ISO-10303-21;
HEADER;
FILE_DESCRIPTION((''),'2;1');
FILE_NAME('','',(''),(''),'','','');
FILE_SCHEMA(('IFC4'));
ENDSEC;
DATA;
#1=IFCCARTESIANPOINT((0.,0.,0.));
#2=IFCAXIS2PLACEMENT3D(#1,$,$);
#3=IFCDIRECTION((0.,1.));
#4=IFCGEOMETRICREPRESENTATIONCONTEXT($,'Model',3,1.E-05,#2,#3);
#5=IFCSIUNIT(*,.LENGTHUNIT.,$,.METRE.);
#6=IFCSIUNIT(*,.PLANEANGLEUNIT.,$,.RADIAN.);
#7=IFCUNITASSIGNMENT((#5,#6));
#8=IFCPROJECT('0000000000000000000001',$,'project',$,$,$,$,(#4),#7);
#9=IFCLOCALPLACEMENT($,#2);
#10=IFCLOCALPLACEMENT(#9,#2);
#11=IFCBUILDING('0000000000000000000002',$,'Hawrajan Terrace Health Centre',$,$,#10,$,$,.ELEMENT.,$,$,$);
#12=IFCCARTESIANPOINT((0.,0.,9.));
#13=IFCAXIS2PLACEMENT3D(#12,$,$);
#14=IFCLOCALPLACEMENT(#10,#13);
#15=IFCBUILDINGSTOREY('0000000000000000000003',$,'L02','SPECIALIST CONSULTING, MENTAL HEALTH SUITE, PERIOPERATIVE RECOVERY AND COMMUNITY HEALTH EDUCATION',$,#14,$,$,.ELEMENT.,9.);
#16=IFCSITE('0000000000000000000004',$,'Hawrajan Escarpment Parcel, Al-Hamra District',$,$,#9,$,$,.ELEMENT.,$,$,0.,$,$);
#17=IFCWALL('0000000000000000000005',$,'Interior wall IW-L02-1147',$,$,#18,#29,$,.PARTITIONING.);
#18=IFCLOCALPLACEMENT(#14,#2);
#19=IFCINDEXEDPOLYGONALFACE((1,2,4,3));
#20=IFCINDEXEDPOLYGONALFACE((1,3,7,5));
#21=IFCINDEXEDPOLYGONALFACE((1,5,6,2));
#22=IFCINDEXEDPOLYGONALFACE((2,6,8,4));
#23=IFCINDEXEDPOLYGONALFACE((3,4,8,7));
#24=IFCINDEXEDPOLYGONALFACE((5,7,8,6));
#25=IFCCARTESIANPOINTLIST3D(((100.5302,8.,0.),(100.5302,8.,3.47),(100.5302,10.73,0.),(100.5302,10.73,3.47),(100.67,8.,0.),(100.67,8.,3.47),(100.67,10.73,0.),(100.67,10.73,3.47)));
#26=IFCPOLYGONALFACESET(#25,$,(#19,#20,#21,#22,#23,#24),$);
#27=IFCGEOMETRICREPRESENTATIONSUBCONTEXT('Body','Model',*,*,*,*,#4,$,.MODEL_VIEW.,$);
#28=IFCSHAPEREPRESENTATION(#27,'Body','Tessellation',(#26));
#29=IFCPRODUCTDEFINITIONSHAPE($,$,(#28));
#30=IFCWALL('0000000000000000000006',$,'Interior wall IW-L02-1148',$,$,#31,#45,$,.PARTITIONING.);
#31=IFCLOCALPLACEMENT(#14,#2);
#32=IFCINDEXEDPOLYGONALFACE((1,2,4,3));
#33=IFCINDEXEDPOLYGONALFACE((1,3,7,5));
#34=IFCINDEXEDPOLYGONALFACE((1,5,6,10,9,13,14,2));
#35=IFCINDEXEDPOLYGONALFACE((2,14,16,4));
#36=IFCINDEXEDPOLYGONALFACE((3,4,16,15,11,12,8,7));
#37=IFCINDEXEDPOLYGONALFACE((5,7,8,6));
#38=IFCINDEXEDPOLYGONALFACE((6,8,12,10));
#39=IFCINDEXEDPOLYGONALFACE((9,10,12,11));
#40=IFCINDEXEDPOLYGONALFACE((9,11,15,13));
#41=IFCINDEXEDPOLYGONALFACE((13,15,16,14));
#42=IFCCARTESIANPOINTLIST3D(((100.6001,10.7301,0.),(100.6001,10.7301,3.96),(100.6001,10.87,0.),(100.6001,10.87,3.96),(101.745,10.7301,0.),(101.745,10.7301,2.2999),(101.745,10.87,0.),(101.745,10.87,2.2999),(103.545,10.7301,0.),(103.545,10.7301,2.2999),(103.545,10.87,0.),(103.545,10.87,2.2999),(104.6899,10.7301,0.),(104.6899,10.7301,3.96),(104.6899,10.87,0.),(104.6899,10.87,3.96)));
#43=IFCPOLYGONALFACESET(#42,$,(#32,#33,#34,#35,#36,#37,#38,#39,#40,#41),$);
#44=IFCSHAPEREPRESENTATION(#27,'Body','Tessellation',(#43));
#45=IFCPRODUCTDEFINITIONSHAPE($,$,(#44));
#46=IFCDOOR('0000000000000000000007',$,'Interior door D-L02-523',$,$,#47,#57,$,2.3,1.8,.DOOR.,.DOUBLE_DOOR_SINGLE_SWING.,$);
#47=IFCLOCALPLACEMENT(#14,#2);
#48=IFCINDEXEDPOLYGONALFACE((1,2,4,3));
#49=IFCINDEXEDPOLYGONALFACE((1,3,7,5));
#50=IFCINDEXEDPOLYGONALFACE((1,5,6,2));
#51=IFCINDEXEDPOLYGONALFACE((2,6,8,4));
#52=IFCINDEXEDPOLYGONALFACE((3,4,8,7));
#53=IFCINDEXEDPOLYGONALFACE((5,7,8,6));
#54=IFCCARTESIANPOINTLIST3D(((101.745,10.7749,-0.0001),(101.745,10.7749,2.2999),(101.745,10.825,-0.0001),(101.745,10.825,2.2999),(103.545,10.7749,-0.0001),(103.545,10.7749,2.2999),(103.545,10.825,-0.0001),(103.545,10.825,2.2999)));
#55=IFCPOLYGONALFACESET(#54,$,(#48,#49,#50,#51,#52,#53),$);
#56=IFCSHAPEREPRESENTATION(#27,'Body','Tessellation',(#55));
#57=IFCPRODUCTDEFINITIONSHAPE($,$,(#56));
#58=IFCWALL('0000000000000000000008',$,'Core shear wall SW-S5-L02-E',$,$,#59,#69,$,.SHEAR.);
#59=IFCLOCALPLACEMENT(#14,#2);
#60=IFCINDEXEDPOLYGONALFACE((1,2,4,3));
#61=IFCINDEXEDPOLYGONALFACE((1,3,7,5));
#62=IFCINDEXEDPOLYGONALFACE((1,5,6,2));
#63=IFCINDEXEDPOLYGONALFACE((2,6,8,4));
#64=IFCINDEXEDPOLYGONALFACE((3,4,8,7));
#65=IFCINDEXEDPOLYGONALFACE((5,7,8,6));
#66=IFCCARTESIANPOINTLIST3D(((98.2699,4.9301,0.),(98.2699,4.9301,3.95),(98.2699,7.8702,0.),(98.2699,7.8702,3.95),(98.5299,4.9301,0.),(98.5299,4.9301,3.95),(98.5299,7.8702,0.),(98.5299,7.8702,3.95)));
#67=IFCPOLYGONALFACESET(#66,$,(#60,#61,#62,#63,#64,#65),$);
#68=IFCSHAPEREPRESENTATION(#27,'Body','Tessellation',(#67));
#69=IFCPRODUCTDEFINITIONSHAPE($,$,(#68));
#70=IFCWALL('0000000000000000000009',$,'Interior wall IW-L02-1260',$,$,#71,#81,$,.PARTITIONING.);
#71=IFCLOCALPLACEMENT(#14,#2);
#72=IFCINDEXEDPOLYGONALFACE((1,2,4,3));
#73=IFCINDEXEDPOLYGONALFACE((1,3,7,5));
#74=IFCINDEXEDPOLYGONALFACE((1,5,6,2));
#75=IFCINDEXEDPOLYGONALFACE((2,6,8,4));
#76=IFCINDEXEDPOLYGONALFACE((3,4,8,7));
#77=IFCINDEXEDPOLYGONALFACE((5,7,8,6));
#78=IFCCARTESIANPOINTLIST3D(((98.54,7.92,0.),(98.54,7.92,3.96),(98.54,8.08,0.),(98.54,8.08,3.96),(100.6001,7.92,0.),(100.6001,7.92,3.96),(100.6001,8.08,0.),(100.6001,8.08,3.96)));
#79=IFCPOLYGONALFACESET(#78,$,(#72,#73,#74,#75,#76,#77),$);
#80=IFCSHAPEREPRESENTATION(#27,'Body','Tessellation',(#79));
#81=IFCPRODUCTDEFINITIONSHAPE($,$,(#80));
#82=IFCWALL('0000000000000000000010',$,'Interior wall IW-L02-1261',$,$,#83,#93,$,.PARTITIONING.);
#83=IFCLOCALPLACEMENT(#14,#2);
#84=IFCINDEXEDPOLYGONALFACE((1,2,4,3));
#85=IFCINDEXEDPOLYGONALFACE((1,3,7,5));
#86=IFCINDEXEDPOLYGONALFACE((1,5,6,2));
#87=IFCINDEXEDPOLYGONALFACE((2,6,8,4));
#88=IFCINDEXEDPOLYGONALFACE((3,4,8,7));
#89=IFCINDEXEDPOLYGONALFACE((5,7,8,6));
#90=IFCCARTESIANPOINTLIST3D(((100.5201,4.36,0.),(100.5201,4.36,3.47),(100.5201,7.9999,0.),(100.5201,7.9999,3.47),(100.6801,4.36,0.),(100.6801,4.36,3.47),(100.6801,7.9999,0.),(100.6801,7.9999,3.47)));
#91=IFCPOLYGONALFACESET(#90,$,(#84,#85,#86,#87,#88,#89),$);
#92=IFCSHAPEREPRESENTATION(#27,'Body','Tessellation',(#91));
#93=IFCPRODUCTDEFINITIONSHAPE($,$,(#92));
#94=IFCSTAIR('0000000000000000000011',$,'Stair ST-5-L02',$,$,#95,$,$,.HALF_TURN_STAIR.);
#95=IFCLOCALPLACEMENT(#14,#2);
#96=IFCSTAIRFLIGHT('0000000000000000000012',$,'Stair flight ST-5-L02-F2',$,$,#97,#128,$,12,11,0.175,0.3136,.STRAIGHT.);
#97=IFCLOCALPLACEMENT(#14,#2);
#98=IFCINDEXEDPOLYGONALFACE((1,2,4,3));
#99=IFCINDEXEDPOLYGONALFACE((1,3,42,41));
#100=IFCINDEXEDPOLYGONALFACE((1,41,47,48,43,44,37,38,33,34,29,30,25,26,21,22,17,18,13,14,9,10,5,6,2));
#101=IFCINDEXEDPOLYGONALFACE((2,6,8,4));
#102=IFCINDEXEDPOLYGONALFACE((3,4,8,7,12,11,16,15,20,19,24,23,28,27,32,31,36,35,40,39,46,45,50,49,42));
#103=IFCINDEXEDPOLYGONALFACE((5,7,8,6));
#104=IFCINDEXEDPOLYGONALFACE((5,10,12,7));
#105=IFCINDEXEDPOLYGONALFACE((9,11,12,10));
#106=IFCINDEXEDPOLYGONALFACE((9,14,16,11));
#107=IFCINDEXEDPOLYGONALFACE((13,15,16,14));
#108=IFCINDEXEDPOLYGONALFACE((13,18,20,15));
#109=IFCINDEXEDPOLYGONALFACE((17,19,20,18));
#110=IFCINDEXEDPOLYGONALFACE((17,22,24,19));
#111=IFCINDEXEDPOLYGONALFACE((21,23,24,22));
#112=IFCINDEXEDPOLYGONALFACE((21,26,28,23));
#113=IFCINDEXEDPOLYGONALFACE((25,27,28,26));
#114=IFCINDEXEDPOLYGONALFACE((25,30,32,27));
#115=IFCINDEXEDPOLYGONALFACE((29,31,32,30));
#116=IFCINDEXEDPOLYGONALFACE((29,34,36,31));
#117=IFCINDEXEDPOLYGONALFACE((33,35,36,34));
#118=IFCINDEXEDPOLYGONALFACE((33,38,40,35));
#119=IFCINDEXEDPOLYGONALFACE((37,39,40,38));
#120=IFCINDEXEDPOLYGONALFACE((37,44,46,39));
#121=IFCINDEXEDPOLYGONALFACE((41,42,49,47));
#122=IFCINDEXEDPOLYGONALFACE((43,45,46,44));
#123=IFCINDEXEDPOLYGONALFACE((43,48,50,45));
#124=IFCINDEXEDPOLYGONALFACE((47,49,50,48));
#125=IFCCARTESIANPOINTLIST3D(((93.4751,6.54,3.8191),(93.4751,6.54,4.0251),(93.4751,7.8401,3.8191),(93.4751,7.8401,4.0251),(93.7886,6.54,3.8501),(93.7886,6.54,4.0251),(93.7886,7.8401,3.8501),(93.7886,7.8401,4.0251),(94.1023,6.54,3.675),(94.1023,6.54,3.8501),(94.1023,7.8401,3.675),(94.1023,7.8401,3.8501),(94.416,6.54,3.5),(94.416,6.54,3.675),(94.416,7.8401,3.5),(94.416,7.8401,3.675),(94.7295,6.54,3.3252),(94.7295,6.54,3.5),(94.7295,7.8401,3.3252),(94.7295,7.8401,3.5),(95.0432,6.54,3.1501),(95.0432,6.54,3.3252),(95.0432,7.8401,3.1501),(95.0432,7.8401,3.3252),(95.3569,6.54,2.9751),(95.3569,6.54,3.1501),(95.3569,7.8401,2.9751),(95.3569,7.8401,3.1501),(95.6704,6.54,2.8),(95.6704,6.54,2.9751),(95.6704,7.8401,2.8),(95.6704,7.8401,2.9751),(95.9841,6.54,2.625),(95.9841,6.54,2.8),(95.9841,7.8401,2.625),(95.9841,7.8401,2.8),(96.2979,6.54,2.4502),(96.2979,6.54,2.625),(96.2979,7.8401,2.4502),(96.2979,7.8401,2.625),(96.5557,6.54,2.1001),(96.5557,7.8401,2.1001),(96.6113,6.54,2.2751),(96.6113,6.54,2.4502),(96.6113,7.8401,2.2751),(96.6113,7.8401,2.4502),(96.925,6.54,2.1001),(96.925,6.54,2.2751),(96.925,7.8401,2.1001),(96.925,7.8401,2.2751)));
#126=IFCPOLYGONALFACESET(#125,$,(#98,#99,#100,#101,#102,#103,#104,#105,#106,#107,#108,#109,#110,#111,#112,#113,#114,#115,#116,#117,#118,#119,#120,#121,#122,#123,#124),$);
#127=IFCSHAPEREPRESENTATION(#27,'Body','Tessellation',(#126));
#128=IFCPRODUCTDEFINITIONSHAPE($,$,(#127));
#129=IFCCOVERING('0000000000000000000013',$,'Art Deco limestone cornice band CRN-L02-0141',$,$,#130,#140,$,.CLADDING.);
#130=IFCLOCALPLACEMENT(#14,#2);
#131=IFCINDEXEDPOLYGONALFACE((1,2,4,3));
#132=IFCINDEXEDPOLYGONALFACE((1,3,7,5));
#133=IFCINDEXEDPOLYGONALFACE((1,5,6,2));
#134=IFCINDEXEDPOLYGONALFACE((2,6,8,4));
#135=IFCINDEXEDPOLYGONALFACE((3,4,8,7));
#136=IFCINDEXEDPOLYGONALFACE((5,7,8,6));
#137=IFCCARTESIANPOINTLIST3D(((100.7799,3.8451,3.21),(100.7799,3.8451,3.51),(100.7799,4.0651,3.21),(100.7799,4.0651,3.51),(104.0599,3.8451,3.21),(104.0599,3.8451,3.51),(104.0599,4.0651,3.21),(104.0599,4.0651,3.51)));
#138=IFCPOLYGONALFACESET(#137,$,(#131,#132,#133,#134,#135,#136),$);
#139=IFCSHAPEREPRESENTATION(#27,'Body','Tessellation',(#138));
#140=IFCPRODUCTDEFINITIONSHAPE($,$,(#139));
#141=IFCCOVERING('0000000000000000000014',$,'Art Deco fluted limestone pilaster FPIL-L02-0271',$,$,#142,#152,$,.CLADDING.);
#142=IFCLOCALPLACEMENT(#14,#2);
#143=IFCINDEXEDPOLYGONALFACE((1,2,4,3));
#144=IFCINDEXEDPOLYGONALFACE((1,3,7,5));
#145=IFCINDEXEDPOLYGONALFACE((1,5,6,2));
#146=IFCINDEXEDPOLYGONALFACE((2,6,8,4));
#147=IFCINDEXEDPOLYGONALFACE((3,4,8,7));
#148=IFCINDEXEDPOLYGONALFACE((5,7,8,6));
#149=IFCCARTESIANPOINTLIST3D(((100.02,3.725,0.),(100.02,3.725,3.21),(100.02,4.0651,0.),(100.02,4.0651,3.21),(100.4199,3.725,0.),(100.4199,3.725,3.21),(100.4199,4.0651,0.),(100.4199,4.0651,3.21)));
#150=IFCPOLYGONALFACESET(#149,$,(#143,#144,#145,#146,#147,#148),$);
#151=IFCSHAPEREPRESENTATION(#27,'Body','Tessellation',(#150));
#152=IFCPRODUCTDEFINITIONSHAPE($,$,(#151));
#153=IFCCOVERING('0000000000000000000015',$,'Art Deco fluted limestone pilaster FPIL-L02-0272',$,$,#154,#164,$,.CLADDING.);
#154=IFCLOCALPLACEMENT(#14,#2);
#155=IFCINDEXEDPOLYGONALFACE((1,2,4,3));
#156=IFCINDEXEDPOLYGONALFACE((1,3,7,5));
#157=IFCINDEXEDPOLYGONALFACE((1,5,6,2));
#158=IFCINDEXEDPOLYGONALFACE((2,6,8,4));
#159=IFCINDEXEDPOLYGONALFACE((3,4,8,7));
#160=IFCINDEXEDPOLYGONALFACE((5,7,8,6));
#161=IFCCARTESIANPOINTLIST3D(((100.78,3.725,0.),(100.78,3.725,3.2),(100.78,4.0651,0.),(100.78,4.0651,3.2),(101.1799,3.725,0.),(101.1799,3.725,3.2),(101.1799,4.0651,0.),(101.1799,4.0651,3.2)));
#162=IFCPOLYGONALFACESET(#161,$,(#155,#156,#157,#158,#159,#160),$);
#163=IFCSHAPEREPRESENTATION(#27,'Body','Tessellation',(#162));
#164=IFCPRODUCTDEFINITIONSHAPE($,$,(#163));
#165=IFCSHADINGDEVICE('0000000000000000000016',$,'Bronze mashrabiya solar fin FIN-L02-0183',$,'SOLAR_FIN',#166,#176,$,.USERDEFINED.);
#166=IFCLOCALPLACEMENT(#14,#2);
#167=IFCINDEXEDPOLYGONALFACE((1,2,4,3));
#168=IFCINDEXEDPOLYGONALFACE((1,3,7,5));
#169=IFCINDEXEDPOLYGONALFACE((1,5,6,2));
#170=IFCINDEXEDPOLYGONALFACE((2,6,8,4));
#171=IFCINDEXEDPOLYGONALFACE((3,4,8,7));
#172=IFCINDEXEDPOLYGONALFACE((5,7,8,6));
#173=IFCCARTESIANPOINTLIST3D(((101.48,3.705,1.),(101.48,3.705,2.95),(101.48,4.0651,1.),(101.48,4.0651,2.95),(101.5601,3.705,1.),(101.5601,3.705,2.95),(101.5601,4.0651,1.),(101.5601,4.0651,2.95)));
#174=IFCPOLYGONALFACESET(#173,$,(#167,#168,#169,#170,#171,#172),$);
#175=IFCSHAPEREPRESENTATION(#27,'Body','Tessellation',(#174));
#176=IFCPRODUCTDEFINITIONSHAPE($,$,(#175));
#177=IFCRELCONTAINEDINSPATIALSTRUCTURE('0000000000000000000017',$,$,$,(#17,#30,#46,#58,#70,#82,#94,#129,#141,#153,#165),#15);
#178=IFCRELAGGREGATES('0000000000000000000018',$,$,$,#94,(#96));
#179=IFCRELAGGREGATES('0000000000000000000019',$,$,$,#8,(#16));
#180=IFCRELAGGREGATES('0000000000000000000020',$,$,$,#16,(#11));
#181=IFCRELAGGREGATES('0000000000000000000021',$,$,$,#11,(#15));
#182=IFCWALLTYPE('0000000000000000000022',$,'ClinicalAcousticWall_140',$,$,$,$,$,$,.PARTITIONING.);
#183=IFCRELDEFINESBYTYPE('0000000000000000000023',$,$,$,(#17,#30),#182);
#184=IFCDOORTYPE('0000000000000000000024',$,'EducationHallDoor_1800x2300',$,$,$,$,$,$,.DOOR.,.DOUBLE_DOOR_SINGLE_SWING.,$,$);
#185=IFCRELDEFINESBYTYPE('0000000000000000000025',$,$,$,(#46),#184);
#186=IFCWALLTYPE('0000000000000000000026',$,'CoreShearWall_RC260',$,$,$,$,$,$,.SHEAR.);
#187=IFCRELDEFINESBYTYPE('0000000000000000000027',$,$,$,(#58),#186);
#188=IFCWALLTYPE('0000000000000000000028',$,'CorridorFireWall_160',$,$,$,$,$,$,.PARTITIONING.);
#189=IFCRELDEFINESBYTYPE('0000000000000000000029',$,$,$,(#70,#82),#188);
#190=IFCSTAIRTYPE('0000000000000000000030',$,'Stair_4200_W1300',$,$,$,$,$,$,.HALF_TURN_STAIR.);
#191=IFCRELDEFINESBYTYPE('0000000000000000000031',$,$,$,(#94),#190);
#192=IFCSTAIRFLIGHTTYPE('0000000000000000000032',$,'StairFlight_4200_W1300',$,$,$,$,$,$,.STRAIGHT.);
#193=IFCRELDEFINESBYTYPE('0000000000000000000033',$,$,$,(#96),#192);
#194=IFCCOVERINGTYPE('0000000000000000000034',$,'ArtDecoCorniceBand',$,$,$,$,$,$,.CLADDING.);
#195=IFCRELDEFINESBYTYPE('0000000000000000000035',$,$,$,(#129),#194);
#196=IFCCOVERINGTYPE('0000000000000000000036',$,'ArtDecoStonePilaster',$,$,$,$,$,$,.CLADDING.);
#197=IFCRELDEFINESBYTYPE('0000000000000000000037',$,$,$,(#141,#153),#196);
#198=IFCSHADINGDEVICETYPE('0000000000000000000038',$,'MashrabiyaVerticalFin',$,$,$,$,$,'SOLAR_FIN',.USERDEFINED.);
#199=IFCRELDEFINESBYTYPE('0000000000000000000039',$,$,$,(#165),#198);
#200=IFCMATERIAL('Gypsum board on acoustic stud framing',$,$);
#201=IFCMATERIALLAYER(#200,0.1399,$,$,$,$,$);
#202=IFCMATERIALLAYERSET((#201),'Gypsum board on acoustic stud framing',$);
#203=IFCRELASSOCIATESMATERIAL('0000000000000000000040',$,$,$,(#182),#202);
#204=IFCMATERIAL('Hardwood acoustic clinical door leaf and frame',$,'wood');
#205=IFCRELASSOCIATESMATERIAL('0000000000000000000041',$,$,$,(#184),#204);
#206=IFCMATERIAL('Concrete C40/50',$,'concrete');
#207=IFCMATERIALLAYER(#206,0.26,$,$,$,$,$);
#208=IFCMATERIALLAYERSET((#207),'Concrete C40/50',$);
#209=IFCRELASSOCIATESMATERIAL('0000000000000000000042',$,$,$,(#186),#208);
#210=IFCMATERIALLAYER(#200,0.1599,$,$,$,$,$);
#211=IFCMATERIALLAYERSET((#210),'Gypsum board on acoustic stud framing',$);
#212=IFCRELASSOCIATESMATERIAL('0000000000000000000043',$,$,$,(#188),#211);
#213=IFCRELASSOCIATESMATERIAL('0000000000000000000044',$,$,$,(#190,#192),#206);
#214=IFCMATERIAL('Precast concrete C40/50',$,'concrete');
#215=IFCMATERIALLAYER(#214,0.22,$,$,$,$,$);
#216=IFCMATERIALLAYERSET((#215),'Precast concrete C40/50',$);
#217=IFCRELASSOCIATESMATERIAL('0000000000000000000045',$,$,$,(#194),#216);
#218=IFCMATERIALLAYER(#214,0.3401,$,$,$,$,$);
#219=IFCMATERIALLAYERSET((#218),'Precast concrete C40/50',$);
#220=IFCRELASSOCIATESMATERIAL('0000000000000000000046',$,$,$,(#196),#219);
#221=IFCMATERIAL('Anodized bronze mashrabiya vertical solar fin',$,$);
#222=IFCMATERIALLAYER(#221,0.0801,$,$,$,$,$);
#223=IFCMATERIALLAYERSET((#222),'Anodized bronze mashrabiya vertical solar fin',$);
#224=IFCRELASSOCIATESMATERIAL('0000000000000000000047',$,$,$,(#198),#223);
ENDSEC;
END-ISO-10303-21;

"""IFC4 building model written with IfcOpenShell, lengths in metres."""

from ifc_helpers import new_model, si_unit, direction, frame, frame_2d, origin, origin_2d, place, context, subcontext, project, spatial, polyline, rectangle, outline, extrude, material, layer, layer_set, type_object, element, fill, aggregate, save


model = new_model("IFC4")

# Units and contexts
model_context = context("Model", 3, precision=1e-05, world=origin(), true_north=direction((0.0, 1.0)))
body_context = subcontext(model_context, "Body", "Model", "MODEL_VIEW")
ifc_project = project(units=[si_unit("LENGTHUNIT", "METRE"), si_unit("PLANEANGLEUNIT", "RADIAN")], contexts=[model_context])

# Site, building, storey
site_placement = place(None, origin())
site = spatial("IfcSite", under=ifc_project, at=site_placement, Name="Hawrajan Escarpment Parcel, Al-Hamra District", CompositionType="ELEMENT", RefElevation=0.0)
building_placement = place(site_placement, origin())
building = spatial("IfcBuilding", under=site, at=building_placement, Name="Hawrajan Terrace Health Centre", CompositionType="ELEMENT")
storey_placement = place(building_placement, frame((0.0, 0.0, 9.0)))
storey = spatial("IfcBuildingStorey", under=building, at=storey_placement, Name="L02", Description="SPECIALIST CONSULTING, MENTAL HEALTH SUITE, PERIOPERATIVE RECOVERY AND COMMUNITY HEALTH EDUCATION", CompositionType="ELEMENT", Elevation=9.0)

# Shared definitions
ifc_material_1 = material(Name="Precast concrete C40/50", Category="concrete")

# Wall
ifc_material_2 = material(Name="Gypsum board on acoustic stud framing")
ifc_layer_1 = layer(ifc_material_2, 0.1399)
ifc_layer_set_1 = layer_set([ifc_layer_1], Name="Gypsum board on acoustic stud framing")
wall_type_1 = type_object("IfcWallType", Name="ClinicalAcousticWall_140", PredefinedType="PARTITIONING", material=ifc_layer_set_1)
wall_1_placement = place(storey_placement, frame((100.6001, 8.0, 0.0), z_axis=(0.0, 0.0, 1.0), x_axis=(0.0, 1.0, 0.0)))
element("IfcWall", 1, at=wall_1_placement, inside=storey, type_object=wall_type_1, Name="Interior wall IW-L02-1147", PredefinedType="PARTITIONING", context=body_context, shape_type="SweptSolid", body=[
    extrude(rectangle(XDim=2.73, YDim=0.1399, at=frame_2d((1.365, 0.0))), origin(), (0.0, 0.0, 1.0), 3.47),
])

# Wall, opening, door
wall_2_placement = place(storey_placement, frame((100.6001, 10.8, 0.0), z_axis=(0.0, 0.0, 1.0), x_axis=(1.0, 0.0, 0.0)))
wall_2 = element("IfcWall", 2, at=wall_2_placement, inside=storey, type_object=wall_type_1, Name="Interior wall IW-L02-1148", PredefinedType="PARTITIONING", context=body_context, shape_type="SweptSolid", body=[
    extrude(rectangle(XDim=4.0898, YDim=0.1399, at=frame_2d((2.0449, 0.0))), origin(), (0.0, 0.0, 1.0), 3.96),
])
opening_1_placement = place(wall_2_placement, frame((1.145, 0.0, 0.0)))
opening_1 = element("IfcOpeningElement", 3, at=opening_1_placement, cuts=wall_2, PredefinedType="OPENING", context=body_context, shape_type="SweptSolid", body=[
    extrude(rectangle(XDim=1.8, YDim=2.3, at=frame_2d((0.8999, 1.1499))), frame((0.0, 0.0798, 0.0), z_axis=(0.0, -1.0, 0.0), x_axis=(1.0, 0.0, 0.0)), (0.0, 0.0, 1.0), 0.1599),
])
ifc_material_3 = material(Name="Hardwood acoustic clinical door leaf and frame", Category="wood")
door_type = type_object("IfcDoorType", Name="EducationHallDoor_1800x2300", OperationType="DOUBLE_DOOR_SINGLE_SWING", PredefinedType="DOOR", material=ifc_material_3)
door_placement = place(opening_1_placement, origin())
door = element("IfcDoor", 4, at=door_placement, inside=storey, type_object=door_type, Name="Interior door D-L02-523", OperationType="DOUBLE_DOOR_SINGLE_SWING", OverallHeight=2.3, OverallWidth=1.8, PredefinedType="DOOR", context=body_context, shape_type="SweptSolid", body=[
    extrude(rectangle(XDim=1.8, YDim=2.3, at=frame_2d((0.8999, 1.1499))), frame((0.0, 0.0249, 0.0), z_axis=(0.0, -1.0, 0.0), x_axis=(1.0, 0.0, 0.0)), (0.0, 0.0, 1.0), 0.05),
])
fill(opening_1, door)

# Walls
ifc_material_4 = material(Name="Concrete C40/50", Category="concrete")
ifc_layer_2 = layer(ifc_material_4, 0.26)
ifc_layer_set_2 = layer_set([ifc_layer_2], Name="Concrete C40/50")
wall_type_2 = type_object("IfcWallType", Name="CoreShearWall_RC260", PredefinedType="SHEAR", material=ifc_layer_set_2)
wall_3_placement = place(storey_placement, frame((98.3999, 4.9299, 0.0), z_axis=(0.0, 0.0, 1.0), x_axis=(0.0, 1.0, 0.0)))
element("IfcWall", 5, at=wall_3_placement, inside=storey, type_object=wall_type_2, Name="Core shear wall SW-S5-L02-E", PredefinedType="SHEAR", context=body_context, shape_type="SweptSolid", body=[
    extrude(rectangle(XDim=2.9402, YDim=0.26, at=frame_2d((1.4702, 0.0))), origin(), (0.0, 0.0, 1.0), 3.95),
])
ifc_layer_3 = layer(ifc_material_2, 0.1599)
ifc_layer_set_3 = layer_set([ifc_layer_3], Name="Gypsum board on acoustic stud framing")
wall_type_3 = type_object("IfcWallType", Name="CorridorFireWall_160", PredefinedType="PARTITIONING", material=ifc_layer_set_3)
wall_4_placement = place(storey_placement, frame((98.54, 8.0, 0.0), z_axis=(0.0, 0.0, 1.0), x_axis=(1.0, 0.0, 0.0)))
element("IfcWall", 6, at=wall_4_placement, inside=storey, type_object=wall_type_3, Name="Interior wall IW-L02-1260", PredefinedType="PARTITIONING", context=body_context, shape_type="SweptSolid", body=[
    extrude(rectangle(XDim=2.0601, YDim=0.1599, at=frame_2d((1.03, 0.0))), origin(), (0.0, 0.0, 1.0), 3.96),
])
wall_5_placement = place(storey_placement, frame((100.6001, 4.3601, 0.0), z_axis=(0.0, 0.0, 1.0), x_axis=(0.0, 1.0, 0.0)))
element("IfcWall", 7, at=wall_5_placement, inside=storey, type_object=wall_type_3, Name="Interior wall IW-L02-1261", PredefinedType="PARTITIONING", context=body_context, shape_type="SweptSolid", body=[
    extrude(rectangle(XDim=3.6399, YDim=0.1599, at=frame_2d((1.8198, 0.0))), origin(), (0.0, 0.0, 1.0), 3.47),
])

# Stair, stair flight
stair_type = type_object("IfcStairType", Name="Stair_4200_W1300", PredefinedType="HALF_TURN_STAIR", material=ifc_material_4)
stair_placement = place(storey_placement, origin())
stair = element("IfcStair", 8, at=stair_placement, inside=storey, type_object=stair_type, Name="Stair ST-5-L02", PredefinedType="HALF_TURN_STAIR")
stair_flight_type = type_object("IfcStairFlightType", Name="StairFlight_4200_W1300", PredefinedType="STRAIGHT", material=ifc_material_4)
stair_flight_placement = place(storey_placement, frame((96.925, 7.1899, 2.1001), z_axis=(0.0, 0.0, 1.0), x_axis=(-1.0, 0.0, 0.0)))
stair_flight = element("IfcStairFlight", 9, at=stair_flight_placement, type_object=stair_flight_type, Name="Stair flight ST-5-L02-F2", NumberOfRisers=12, NumberOfTreads=11, PredefinedType="STRAIGHT", RiserHeight=0.175, TreadLength=0.3136, context=body_context, shape_type="SweptSolid", body=[
    extrude(outline(polyline([(0.0, 0.0), (0.0, 0.175), (0.3137, 0.175), (0.3137, 0.3501), (0.6272, 0.3501), (0.6272, 0.5249), (0.9409, 0.5249), (0.9409, 0.7), (1.2546, 0.7), (1.2546, 0.875), (1.5681, 0.875), (1.5681, 1.05), (1.8818, 1.05), (1.8818, 1.2251), (2.1956, 1.2251), (2.1956, 1.3999), (2.509, 1.3999), (2.509, 1.575), (2.8228, 1.575), (2.8228, 1.75), (3.1365, 1.75), (3.1365, 1.925), (3.45, 1.925), (3.45, 2.1001), (3.45, 1.719), (0.3694, 0.0), (0.0, 0.0)])), frame((0.0, 0.6499, 0.0), z_axis=(0.0, -1.0, 0.0), x_axis=(1.0, 0.0, 0.0)), (0.0, 0.0, 1.0), 1.3),
])
aggregate(stair, [stair_flight])

# Coverings
ifc_layer_4 = layer(ifc_material_1, 0.22)
ifc_layer_set_4 = layer_set([ifc_layer_4], Name="Precast concrete C40/50")
covering_type_1 = type_object("IfcCoveringType", Name="ArtDecoCorniceBand", PredefinedType="CLADDING", material=ifc_layer_set_4)
covering_1_placement = place(storey_placement, frame((102.4199, 3.9551, 3.21), z_axis=(0.0, 0.0, 1.0), x_axis=(1.0, 0.0, 0.0)))
element("IfcCovering", 10, at=covering_1_placement, inside=storey, type_object=covering_type_1, Name="Art Deco limestone cornice band CRN-L02-0141", PredefinedType="CLADDING", context=body_context, shape_type="SweptSolid", body=[
    extrude(rectangle(XDim=3.28, YDim=0.22, at=origin_2d()), origin(), (0.0, 0.0, 1.0), 0.3),
])
ifc_layer_5 = layer(ifc_material_1, 0.3401)
ifc_layer_set_5 = layer_set([ifc_layer_5], Name="Precast concrete C40/50")
covering_type_2 = type_object("IfcCoveringType", Name="ArtDecoStonePilaster", PredefinedType="CLADDING", material=ifc_layer_set_5)
covering_2_placement = place(storey_placement, frame((100.22, 3.895, 0.0), z_axis=(0.0, 0.0, 1.0), x_axis=(1.0, 0.0, 0.0)))
element("IfcCovering", 11, at=covering_2_placement, inside=storey, type_object=covering_type_2, Name="Art Deco fluted limestone pilaster FPIL-L02-0271", PredefinedType="CLADDING", context=body_context, shape_type="SweptSolid", body=[
    extrude(rectangle(XDim=0.3999, YDim=0.3401, at=origin_2d()), origin(), (0.0, 0.0, 1.0), 3.21),
])
covering_3_placement = place(storey_placement, frame((100.98, 3.895, 0.0), z_axis=(0.0, 0.0, 1.0), x_axis=(1.0, 0.0, 0.0)))
element("IfcCovering", 12, at=covering_3_placement, inside=storey, type_object=covering_type_2, Name="Art Deco fluted limestone pilaster FPIL-L02-0272", PredefinedType="CLADDING", context=body_context, shape_type="SweptSolid", body=[
    extrude(rectangle(XDim=0.3999, YDim=0.3401, at=origin_2d()), origin(), (0.0, 0.0, 1.0), 3.2),
])

# Shading device
ifc_material_5 = material(Name="Anodized bronze mashrabiya vertical solar fin")
ifc_layer_6 = layer(ifc_material_5, 0.0801)
ifc_layer_set_6 = layer_set([ifc_layer_6], Name="Anodized bronze mashrabiya vertical solar fin")
shading_device_type = type_object("IfcShadingDeviceType", Name="MashrabiyaVerticalFin", ElementType="SOLAR_FIN", PredefinedType="USERDEFINED", material=ifc_layer_set_6)
shading_device_placement = place(storey_placement, frame((101.52, 3.885, 1.0), z_axis=(0.0, 0.0, 1.0), x_axis=(1.0, 0.0, 0.0)))
element("IfcShadingDevice", 13, at=shading_device_placement, inside=storey, type_object=shading_device_type, Name="Bronze mashrabiya solar fin FIN-L02-0183", ObjectType="SOLAR_FIN", PredefinedType="USERDEFINED", context=body_context, shape_type="SweptSolid", body=[
    extrude(rectangle(XDim=0.0801, YDim=0.3601, at=origin_2d()), origin(), (0.0, 0.0, 1.0), 1.95),
])

save(model, "model.ifc")
